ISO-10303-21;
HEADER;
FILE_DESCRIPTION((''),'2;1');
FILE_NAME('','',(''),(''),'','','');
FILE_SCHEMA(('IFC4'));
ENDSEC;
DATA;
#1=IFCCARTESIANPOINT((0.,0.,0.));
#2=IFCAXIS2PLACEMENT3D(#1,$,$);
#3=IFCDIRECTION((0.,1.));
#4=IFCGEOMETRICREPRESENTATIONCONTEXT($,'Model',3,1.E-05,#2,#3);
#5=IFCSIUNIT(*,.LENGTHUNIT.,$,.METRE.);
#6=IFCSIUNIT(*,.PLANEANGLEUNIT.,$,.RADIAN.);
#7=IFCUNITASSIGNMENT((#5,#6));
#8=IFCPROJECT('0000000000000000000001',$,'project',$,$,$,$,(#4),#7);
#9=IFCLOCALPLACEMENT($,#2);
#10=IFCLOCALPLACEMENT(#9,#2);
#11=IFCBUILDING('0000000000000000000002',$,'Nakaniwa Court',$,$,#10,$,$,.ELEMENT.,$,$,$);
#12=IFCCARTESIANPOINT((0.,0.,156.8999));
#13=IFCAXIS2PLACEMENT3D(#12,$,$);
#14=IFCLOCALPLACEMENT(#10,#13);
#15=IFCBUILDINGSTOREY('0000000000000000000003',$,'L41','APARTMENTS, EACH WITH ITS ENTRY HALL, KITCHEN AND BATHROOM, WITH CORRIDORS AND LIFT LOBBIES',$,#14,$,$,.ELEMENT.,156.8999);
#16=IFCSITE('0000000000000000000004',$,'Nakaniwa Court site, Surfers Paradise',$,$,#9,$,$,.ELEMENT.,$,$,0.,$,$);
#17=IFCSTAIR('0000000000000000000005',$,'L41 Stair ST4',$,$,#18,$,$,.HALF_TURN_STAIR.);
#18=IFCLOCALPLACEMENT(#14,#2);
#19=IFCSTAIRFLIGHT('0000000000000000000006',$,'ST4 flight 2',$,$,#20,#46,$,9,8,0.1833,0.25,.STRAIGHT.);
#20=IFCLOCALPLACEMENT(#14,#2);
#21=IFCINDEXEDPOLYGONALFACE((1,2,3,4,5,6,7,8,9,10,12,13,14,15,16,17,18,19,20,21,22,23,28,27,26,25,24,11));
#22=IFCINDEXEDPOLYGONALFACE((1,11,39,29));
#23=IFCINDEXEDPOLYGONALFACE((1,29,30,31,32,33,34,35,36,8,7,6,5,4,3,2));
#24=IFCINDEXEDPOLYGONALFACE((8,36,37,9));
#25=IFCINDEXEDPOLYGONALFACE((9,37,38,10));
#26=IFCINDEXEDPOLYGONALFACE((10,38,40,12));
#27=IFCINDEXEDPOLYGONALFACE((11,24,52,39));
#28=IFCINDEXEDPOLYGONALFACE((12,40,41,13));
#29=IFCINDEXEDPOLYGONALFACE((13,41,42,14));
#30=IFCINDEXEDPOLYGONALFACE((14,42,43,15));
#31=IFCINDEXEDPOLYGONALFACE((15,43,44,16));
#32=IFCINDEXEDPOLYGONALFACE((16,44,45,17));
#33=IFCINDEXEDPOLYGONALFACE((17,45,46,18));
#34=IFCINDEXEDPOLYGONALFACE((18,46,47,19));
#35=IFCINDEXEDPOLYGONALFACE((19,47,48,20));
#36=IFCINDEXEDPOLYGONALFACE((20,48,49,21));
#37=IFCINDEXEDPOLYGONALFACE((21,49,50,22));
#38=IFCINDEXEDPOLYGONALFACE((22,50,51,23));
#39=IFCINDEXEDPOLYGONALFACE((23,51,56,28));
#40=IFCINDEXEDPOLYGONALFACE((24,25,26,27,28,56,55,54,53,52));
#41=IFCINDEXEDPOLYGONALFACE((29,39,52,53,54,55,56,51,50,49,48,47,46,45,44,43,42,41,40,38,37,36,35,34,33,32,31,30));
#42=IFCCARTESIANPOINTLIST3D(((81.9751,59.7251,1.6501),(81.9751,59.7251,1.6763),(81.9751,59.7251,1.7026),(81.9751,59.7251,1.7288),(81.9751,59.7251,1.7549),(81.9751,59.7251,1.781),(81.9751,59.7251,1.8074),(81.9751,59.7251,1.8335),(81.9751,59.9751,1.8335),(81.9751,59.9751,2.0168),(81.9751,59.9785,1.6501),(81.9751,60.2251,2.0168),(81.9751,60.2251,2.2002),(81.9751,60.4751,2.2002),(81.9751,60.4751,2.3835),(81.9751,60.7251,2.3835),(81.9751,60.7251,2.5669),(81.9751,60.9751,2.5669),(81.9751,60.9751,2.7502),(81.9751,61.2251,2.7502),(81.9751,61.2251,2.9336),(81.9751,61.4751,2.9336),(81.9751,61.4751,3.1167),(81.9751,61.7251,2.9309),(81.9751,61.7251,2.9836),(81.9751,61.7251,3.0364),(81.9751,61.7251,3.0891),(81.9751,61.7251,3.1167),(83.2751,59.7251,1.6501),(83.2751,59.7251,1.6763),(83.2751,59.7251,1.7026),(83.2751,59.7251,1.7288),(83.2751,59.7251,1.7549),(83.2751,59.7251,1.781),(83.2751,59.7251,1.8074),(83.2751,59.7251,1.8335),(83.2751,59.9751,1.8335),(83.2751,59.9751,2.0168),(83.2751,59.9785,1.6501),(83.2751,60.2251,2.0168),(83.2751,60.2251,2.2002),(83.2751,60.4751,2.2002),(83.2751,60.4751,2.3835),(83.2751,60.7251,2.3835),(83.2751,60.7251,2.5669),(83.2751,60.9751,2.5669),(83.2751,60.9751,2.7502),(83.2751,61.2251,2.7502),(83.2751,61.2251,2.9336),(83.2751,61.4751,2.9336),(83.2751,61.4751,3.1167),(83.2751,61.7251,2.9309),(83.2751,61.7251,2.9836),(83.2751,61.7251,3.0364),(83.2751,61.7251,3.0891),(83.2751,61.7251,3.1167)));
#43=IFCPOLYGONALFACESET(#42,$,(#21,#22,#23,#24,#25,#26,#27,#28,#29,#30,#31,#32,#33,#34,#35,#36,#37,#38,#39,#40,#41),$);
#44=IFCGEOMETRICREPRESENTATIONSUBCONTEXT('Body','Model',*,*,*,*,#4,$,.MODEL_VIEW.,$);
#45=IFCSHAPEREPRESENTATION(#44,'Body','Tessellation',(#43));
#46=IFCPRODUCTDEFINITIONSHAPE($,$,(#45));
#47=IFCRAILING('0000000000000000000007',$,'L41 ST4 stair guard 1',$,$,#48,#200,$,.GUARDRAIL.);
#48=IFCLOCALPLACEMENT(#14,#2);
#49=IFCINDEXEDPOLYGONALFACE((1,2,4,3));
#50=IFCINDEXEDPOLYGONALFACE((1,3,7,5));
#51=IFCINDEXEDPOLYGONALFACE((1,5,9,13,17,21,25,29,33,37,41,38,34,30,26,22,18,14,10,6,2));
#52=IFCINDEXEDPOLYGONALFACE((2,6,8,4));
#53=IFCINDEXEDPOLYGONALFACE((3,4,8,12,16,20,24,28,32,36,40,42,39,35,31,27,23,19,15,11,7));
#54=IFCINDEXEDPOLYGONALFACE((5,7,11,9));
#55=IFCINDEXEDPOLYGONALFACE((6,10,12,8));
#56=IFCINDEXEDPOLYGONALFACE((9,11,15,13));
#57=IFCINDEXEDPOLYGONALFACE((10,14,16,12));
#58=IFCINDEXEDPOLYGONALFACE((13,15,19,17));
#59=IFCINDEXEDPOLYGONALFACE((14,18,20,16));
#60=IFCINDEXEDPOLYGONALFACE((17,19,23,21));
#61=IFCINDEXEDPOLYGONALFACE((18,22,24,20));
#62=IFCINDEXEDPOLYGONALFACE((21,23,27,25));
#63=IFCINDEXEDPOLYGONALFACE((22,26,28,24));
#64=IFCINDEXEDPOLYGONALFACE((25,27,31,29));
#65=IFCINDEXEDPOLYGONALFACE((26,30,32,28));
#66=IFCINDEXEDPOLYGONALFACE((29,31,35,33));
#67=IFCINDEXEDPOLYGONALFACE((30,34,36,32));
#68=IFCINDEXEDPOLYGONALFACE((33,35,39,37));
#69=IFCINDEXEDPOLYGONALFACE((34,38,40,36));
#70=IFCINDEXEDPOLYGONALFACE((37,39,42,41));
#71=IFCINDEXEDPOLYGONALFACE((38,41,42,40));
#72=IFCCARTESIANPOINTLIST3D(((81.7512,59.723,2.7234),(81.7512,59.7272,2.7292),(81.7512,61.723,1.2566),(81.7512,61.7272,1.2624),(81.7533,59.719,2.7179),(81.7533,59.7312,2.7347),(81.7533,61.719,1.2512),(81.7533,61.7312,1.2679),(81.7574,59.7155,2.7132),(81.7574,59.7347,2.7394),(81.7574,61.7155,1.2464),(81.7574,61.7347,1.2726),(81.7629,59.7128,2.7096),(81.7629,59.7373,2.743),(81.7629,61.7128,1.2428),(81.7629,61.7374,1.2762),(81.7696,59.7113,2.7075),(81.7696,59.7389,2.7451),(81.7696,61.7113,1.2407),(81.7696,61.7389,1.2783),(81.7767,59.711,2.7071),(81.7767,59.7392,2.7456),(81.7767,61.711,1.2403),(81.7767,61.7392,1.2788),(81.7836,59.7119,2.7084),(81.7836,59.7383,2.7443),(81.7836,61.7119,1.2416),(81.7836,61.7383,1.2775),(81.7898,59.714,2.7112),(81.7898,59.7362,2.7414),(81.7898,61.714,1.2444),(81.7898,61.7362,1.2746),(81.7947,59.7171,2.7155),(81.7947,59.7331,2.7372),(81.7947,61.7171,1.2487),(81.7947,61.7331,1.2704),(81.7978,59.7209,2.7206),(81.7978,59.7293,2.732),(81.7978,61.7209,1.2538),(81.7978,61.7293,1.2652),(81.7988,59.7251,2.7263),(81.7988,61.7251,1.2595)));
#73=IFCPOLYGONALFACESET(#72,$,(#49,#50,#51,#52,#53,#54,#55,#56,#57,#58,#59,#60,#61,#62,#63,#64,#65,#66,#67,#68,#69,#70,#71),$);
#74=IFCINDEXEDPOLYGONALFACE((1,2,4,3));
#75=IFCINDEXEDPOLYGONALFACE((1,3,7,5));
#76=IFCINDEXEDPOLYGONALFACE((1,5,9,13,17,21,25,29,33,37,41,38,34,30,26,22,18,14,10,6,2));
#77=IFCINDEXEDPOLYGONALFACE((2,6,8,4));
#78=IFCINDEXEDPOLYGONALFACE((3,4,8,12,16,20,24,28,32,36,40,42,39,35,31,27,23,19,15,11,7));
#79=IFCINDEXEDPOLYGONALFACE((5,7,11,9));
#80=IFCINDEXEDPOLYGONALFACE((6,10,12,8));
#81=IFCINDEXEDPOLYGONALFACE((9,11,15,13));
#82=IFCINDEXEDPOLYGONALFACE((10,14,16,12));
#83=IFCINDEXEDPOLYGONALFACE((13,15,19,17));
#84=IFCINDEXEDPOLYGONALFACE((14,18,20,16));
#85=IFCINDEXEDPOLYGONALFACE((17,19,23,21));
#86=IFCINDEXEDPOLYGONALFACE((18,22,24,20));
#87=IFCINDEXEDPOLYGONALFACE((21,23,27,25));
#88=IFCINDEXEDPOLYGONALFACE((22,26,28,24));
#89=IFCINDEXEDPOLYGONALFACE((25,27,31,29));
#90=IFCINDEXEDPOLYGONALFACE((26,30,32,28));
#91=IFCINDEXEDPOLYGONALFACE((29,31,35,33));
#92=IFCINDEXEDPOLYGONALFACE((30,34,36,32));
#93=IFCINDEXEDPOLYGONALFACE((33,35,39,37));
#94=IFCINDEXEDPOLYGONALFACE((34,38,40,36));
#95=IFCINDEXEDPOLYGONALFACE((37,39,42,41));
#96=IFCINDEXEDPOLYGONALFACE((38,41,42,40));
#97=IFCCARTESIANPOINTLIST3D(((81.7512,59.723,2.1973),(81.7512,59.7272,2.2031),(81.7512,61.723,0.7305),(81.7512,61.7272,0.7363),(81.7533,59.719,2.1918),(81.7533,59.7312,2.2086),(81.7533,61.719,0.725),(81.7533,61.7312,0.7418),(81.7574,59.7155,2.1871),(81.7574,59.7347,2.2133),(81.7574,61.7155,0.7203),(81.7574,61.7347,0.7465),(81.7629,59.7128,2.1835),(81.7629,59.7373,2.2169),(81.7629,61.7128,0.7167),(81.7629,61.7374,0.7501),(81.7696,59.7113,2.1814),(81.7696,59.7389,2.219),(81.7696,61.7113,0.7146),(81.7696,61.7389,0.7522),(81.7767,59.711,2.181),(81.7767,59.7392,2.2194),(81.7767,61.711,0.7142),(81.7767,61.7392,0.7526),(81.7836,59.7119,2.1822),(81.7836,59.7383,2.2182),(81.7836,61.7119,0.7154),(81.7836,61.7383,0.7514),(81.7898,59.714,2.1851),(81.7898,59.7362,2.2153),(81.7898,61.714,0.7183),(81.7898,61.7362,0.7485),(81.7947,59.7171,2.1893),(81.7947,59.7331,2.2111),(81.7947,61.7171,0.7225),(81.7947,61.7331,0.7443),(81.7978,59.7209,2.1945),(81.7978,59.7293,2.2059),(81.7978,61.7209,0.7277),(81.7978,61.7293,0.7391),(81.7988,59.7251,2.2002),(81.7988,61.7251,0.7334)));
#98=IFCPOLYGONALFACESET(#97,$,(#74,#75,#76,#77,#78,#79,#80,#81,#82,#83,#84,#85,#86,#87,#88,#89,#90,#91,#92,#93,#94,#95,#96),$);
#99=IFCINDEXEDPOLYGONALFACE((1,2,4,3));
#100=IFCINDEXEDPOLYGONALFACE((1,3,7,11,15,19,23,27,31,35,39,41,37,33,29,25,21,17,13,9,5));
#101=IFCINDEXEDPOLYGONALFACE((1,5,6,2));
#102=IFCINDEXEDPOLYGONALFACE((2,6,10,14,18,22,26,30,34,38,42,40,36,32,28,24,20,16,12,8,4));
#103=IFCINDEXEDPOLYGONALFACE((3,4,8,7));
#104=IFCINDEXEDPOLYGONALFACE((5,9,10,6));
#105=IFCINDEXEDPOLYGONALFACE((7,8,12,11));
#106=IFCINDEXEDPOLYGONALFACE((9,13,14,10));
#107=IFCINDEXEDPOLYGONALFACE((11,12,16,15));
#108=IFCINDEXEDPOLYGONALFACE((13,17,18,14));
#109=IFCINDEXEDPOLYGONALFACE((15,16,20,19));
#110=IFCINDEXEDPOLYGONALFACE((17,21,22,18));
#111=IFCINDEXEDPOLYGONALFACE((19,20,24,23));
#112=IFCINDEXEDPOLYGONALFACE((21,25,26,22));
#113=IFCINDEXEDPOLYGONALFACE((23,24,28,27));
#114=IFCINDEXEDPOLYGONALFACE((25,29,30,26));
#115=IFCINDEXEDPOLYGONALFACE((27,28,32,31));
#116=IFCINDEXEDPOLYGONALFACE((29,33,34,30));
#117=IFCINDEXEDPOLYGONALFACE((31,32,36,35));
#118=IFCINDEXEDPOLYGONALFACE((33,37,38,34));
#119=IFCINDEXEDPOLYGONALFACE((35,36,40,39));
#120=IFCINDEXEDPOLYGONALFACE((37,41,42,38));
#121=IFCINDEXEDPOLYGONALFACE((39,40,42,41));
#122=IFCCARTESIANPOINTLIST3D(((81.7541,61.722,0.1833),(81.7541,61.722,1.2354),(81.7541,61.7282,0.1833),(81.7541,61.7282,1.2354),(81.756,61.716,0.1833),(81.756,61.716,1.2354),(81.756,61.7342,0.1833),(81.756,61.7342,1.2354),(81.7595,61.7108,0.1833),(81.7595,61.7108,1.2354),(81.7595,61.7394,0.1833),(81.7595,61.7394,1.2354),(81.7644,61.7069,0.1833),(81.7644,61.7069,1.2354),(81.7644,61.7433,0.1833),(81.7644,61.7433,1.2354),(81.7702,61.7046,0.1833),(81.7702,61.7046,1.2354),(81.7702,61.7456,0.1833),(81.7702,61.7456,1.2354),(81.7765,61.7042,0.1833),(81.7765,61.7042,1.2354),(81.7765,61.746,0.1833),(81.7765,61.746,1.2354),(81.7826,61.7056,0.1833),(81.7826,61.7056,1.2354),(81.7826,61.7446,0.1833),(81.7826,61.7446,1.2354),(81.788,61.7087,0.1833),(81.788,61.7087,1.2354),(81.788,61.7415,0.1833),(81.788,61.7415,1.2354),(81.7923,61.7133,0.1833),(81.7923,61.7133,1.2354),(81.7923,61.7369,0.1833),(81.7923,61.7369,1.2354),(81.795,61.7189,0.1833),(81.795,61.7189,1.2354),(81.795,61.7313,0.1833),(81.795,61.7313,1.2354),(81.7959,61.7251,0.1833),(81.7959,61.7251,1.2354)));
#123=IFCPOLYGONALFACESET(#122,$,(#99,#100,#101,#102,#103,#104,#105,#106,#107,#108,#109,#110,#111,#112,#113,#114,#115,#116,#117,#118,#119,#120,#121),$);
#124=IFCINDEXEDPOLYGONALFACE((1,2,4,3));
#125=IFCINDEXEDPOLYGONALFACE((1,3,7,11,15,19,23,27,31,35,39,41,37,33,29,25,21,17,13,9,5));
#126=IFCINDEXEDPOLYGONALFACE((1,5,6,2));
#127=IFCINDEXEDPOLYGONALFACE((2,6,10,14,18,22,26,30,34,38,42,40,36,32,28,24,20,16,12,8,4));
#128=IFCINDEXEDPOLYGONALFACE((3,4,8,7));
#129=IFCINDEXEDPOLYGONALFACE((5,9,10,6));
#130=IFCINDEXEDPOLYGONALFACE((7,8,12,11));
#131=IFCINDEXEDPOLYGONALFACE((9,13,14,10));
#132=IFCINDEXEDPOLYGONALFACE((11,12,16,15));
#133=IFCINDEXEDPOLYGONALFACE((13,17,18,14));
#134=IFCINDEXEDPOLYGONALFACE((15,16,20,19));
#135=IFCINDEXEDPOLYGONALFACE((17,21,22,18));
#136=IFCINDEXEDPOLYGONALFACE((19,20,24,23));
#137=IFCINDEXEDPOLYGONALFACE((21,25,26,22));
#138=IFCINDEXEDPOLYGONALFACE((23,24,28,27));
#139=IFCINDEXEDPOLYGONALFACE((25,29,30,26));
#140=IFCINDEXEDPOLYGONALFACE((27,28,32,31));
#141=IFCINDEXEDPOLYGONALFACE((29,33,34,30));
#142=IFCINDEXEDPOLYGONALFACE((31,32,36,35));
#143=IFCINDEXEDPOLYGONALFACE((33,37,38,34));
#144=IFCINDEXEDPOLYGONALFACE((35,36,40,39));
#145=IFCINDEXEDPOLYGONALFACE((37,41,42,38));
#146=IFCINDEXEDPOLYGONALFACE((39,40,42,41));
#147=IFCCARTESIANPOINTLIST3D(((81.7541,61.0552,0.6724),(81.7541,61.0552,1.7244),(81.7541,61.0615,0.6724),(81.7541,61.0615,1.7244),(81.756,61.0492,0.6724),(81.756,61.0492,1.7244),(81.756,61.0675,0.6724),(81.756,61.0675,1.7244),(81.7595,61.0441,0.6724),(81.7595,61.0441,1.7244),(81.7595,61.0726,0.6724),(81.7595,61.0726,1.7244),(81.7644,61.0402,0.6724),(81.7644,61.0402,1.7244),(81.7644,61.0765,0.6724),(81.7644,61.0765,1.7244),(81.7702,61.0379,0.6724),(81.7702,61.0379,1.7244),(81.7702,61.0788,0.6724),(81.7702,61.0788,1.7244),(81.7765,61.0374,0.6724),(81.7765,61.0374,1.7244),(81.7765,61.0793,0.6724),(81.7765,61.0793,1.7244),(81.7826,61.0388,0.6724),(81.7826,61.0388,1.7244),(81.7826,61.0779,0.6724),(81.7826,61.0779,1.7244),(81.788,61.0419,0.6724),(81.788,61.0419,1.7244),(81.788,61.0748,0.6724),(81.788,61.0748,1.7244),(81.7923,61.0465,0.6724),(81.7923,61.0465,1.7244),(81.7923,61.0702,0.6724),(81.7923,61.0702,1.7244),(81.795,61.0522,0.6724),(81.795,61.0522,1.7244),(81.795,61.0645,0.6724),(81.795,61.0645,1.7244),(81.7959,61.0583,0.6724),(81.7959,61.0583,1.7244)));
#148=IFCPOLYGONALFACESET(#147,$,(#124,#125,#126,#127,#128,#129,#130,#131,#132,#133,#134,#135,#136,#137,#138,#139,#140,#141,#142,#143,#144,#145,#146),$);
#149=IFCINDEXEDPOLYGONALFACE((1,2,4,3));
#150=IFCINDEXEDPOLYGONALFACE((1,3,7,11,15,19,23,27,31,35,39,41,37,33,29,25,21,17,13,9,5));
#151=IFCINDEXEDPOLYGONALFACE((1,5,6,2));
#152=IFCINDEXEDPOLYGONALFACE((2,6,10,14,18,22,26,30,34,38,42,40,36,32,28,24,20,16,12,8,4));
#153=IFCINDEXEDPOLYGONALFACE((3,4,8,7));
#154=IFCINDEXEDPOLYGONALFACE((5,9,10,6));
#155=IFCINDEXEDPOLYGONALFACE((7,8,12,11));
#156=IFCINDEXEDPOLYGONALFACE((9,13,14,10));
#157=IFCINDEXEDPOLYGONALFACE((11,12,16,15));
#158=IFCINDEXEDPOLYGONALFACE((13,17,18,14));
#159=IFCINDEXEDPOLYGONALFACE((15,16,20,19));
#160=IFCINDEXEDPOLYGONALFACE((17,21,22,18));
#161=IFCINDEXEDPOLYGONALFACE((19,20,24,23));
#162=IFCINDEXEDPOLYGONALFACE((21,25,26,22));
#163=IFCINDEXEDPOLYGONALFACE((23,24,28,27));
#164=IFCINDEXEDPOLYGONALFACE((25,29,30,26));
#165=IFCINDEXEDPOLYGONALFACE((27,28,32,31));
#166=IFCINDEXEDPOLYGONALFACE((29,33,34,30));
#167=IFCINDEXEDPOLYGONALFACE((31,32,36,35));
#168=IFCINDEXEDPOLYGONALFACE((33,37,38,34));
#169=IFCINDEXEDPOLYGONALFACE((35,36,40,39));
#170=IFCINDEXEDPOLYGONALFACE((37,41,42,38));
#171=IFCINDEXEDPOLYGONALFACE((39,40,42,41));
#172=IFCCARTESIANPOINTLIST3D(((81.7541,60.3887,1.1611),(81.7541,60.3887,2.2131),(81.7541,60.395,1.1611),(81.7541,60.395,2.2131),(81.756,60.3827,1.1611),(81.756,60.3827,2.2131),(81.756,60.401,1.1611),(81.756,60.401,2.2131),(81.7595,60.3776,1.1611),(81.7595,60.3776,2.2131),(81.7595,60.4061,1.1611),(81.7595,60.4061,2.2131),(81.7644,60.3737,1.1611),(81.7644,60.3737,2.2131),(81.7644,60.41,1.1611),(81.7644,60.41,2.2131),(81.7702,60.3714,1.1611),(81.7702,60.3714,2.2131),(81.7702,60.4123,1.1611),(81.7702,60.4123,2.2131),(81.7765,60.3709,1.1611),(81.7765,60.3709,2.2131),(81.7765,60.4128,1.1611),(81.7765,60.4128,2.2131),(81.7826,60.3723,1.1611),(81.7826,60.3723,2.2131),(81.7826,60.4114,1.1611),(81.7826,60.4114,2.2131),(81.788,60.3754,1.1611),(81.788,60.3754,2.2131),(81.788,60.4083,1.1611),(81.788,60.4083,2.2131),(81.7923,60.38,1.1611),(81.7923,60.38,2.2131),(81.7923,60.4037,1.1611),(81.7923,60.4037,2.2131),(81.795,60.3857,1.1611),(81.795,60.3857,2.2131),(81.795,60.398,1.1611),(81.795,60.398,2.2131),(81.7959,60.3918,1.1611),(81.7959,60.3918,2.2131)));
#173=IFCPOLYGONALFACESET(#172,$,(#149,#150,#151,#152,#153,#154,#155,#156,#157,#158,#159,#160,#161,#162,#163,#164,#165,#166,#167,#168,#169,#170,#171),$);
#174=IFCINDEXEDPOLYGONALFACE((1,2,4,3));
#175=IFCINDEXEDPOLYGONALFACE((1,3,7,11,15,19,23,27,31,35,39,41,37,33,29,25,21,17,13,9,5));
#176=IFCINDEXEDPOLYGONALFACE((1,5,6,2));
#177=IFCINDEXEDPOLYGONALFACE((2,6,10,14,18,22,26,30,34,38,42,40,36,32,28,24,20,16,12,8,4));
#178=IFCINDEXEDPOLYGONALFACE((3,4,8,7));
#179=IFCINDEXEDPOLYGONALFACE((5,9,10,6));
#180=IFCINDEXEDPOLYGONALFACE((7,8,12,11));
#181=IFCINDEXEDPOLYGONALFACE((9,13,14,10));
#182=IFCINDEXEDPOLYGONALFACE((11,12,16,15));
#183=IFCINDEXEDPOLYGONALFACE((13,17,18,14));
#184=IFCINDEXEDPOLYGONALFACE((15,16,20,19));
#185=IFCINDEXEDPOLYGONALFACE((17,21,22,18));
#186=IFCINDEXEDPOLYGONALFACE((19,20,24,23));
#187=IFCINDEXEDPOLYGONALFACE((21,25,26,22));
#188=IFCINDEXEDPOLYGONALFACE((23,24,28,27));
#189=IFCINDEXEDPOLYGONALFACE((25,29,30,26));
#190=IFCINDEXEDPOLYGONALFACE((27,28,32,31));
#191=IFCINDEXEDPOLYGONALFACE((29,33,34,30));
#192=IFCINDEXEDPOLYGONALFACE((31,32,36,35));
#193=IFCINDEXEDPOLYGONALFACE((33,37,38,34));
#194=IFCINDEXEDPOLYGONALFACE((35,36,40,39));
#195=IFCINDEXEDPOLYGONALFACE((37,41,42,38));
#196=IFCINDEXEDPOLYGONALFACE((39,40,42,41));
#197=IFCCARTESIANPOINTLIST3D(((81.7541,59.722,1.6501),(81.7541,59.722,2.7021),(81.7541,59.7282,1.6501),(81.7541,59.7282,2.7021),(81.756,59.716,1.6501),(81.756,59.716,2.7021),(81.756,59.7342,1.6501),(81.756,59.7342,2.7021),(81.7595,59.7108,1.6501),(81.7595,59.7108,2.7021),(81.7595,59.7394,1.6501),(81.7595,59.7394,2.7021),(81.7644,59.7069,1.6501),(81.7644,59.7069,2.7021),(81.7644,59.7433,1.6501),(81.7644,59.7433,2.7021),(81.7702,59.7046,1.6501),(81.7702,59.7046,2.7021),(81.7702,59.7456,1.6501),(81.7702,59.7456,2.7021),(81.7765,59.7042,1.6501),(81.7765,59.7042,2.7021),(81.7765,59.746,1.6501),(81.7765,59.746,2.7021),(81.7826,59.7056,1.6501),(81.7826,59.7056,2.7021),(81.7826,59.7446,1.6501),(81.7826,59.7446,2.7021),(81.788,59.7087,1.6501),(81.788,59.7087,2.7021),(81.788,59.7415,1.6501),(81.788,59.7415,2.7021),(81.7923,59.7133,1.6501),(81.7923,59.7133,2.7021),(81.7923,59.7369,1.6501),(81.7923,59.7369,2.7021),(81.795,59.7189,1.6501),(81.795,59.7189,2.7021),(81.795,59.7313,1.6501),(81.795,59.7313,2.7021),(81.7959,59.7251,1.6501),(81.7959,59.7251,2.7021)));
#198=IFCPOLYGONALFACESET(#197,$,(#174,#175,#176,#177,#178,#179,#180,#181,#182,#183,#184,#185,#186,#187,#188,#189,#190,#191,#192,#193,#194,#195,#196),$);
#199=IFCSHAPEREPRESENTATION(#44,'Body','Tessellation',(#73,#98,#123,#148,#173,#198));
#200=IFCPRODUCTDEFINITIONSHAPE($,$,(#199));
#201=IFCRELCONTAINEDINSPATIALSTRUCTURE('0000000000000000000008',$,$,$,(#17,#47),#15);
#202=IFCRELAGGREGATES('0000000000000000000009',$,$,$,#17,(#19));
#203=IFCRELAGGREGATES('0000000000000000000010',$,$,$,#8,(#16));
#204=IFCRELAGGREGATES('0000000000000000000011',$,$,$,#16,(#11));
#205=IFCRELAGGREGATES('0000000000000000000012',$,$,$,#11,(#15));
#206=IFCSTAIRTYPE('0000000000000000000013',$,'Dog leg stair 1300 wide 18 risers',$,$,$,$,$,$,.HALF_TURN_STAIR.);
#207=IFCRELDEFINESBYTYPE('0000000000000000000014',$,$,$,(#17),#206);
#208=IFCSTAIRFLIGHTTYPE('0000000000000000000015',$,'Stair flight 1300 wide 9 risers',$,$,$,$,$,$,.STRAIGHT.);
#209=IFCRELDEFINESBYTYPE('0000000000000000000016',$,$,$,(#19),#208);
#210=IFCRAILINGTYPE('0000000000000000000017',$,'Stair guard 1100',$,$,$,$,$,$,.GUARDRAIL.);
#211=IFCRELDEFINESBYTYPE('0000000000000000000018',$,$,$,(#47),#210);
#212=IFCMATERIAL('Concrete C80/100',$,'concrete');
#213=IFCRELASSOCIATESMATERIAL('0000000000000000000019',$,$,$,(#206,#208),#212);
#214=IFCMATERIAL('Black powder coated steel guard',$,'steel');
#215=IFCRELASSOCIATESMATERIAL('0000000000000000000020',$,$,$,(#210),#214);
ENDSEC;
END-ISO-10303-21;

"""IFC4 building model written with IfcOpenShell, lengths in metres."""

from ifc_helpers import new_model, si_unit, direction, frame, origin, origin_2d, place, context, subcontext, project, spatial, polyline, circle, outline, extrude, material, type_object, element, aggregate, save


model = new_model("IFC4")

# Units and contexts
model_context = context("Model", 3, precision=1e-05, world=origin(), true_north=direction((0.0, 1.0)))
body_context = subcontext(model_context, "Body", "Model", "MODEL_VIEW")
ifc_project = project(units=[si_unit("LENGTHUNIT", "METRE"), si_unit("PLANEANGLEUNIT", "RADIAN")], contexts=[model_context])

# Site, building, storey
site_placement = place(None, origin())
site = spatial("IfcSite", under=ifc_project, at=site_placement, Name="Nakaniwa Court site, Surfers Paradise", CompositionType="ELEMENT", RefElevation=0.0)
building_placement = place(site_placement, origin())
building = spatial("IfcBuilding", under=site, at=building_placement, Name="Nakaniwa Court", CompositionType="ELEMENT")
storey_placement = place(building_placement, frame((0.0, 0.0, 156.8999)))
storey = spatial("IfcBuildingStorey", under=building, at=storey_placement, Name="L41", Description="APARTMENTS, EACH WITH ITS ENTRY HALL, KITCHEN AND BATHROOM, WITH CORRIDORS AND LIFT LOBBIES", CompositionType="ELEMENT", Elevation=156.8999)

# Shared definitions
ifc_material_1 = material(Name="Concrete C80/100", Category="concrete")

# Stair, stair flight
stair_type = type_object("IfcStairType", Name="Dog leg stair 1300 wide 18 risers", PredefinedType="HALF_TURN_STAIR", material=ifc_material_1)
stair_placement = place(storey_placement, origin())
stair = element("IfcStair", 1, at=stair_placement, inside=storey, type_object=stair_type, Name="L41 Stair ST4", PredefinedType="HALF_TURN_STAIR")
stair_flight_type = type_object("IfcStairFlightType", Name="Stair flight 1300 wide 9 risers", PredefinedType="STRAIGHT", material=ifc_material_1)
stair_flight_1_placement = place(storey_placement, frame((82.625, 59.7251, 1.6501), z_axis=(0.0, 0.0, 1.0), x_axis=(0.0, 1.0, 0.0)))
stair_flight_1 = element("IfcStairFlight", 2, at=stair_flight_1_placement, type_object=stair_flight_type, Name="ST4 flight 2", NumberOfRisers=9, NumberOfTreads=8, PredefinedType="STRAIGHT", RiserHeight=0.1833, TreadLength=0.25, context=body_context, shape_type="SweptSolid", body=[
    extrude(outline(polyline([(0.0, 0.0), (0.0, 0.0261), (0.0, 0.0525), (0.0, 0.0786), (0.0, 0.1047), (0.0, 0.1309), (0.0, 0.1572), (0.0, 0.1833), (0.25, 0.1833), (0.25, 0.3667), (0.5, 0.3667), (0.5, 0.55), (0.75, 0.55), (0.75, 0.7334), (1.0, 0.7334), (1.0, 0.9167), (1.25, 0.9167), (1.25, 1.1001), (1.5, 1.1001), (1.5, 1.2834), (1.75, 1.2834), (1.75, 1.4666), (2.0, 1.4666), (2.0, 1.6499), (2.0, 1.5972), (2.0, 1.5444), (2.0, 1.4917), (2.0, 1.439), (2.0, 1.3862), (2.0, 1.3335), (2.0, 1.2808), (0.2534, 0.0), (0.0, 0.0)])), frame((0.0, 0.6499, 0.0), z_axis=(0.0, -1.0, 0.0), x_axis=(1.0, 0.0, 0.0)), (0.0, 0.0, 1.0), 1.3),
])
aggregate(stair, [stair_flight_1])

# Railing
ifc_material_2 = material(Name="Black powder coated steel guard", Category="steel")
railing_type_1 = type_object("IfcRailingType", Name="Stair guard 1100", PredefinedType="GUARDRAIL", material=ifc_material_2)
railing_1_placement = place(storey_placement, frame((81.7749, 61.7251, 0.1833)))
element("IfcRailing", 3, at=railing_1_placement, inside=storey, type_object=railing_type_1, Name="L41 ST4 stair guard 1", PredefinedType="GUARDRAIL", context=body_context, shape_type="SweptSolid", body=[
    extrude(circle(Radius=0.0239, at=origin_2d()), frame((0.0, 0.0, 1.0762), z_axis=(0.0, -0.80638, 0.591398), x_axis=(1.0, 0.0, 0.0)), (0.0, 0.0, 1.0), 2.4802),
    extrude(circle(Radius=0.0239, at=origin_2d()), frame((0.0, 0.0, 0.55), z_axis=(0.0, -0.80638, 0.591398), x_axis=(1.0, 0.0, 0.0)), (0.0, 0.0, 1.0), 2.4802),
    extrude(circle(Radius=0.021, at=origin_2d()), origin(), (0.0, 0.0, 1.0), 1.052),
    extrude(circle(Radius=0.021, at=origin_2d()), frame((0.0, -0.6667, 0.489)), (0.0, 0.0, 1.0), 1.052),
    extrude(circle(Radius=0.021, at=origin_2d()), frame((0.0, -1.3333, 0.9778)), (0.0, 0.0, 1.0), 1.052),
    extrude(circle(Radius=0.021, at=origin_2d()), frame((0.0, -2.0, 1.4668)), (0.0, 0.0, 1.0), 1.052),
])

save(model, "model.ifc")
